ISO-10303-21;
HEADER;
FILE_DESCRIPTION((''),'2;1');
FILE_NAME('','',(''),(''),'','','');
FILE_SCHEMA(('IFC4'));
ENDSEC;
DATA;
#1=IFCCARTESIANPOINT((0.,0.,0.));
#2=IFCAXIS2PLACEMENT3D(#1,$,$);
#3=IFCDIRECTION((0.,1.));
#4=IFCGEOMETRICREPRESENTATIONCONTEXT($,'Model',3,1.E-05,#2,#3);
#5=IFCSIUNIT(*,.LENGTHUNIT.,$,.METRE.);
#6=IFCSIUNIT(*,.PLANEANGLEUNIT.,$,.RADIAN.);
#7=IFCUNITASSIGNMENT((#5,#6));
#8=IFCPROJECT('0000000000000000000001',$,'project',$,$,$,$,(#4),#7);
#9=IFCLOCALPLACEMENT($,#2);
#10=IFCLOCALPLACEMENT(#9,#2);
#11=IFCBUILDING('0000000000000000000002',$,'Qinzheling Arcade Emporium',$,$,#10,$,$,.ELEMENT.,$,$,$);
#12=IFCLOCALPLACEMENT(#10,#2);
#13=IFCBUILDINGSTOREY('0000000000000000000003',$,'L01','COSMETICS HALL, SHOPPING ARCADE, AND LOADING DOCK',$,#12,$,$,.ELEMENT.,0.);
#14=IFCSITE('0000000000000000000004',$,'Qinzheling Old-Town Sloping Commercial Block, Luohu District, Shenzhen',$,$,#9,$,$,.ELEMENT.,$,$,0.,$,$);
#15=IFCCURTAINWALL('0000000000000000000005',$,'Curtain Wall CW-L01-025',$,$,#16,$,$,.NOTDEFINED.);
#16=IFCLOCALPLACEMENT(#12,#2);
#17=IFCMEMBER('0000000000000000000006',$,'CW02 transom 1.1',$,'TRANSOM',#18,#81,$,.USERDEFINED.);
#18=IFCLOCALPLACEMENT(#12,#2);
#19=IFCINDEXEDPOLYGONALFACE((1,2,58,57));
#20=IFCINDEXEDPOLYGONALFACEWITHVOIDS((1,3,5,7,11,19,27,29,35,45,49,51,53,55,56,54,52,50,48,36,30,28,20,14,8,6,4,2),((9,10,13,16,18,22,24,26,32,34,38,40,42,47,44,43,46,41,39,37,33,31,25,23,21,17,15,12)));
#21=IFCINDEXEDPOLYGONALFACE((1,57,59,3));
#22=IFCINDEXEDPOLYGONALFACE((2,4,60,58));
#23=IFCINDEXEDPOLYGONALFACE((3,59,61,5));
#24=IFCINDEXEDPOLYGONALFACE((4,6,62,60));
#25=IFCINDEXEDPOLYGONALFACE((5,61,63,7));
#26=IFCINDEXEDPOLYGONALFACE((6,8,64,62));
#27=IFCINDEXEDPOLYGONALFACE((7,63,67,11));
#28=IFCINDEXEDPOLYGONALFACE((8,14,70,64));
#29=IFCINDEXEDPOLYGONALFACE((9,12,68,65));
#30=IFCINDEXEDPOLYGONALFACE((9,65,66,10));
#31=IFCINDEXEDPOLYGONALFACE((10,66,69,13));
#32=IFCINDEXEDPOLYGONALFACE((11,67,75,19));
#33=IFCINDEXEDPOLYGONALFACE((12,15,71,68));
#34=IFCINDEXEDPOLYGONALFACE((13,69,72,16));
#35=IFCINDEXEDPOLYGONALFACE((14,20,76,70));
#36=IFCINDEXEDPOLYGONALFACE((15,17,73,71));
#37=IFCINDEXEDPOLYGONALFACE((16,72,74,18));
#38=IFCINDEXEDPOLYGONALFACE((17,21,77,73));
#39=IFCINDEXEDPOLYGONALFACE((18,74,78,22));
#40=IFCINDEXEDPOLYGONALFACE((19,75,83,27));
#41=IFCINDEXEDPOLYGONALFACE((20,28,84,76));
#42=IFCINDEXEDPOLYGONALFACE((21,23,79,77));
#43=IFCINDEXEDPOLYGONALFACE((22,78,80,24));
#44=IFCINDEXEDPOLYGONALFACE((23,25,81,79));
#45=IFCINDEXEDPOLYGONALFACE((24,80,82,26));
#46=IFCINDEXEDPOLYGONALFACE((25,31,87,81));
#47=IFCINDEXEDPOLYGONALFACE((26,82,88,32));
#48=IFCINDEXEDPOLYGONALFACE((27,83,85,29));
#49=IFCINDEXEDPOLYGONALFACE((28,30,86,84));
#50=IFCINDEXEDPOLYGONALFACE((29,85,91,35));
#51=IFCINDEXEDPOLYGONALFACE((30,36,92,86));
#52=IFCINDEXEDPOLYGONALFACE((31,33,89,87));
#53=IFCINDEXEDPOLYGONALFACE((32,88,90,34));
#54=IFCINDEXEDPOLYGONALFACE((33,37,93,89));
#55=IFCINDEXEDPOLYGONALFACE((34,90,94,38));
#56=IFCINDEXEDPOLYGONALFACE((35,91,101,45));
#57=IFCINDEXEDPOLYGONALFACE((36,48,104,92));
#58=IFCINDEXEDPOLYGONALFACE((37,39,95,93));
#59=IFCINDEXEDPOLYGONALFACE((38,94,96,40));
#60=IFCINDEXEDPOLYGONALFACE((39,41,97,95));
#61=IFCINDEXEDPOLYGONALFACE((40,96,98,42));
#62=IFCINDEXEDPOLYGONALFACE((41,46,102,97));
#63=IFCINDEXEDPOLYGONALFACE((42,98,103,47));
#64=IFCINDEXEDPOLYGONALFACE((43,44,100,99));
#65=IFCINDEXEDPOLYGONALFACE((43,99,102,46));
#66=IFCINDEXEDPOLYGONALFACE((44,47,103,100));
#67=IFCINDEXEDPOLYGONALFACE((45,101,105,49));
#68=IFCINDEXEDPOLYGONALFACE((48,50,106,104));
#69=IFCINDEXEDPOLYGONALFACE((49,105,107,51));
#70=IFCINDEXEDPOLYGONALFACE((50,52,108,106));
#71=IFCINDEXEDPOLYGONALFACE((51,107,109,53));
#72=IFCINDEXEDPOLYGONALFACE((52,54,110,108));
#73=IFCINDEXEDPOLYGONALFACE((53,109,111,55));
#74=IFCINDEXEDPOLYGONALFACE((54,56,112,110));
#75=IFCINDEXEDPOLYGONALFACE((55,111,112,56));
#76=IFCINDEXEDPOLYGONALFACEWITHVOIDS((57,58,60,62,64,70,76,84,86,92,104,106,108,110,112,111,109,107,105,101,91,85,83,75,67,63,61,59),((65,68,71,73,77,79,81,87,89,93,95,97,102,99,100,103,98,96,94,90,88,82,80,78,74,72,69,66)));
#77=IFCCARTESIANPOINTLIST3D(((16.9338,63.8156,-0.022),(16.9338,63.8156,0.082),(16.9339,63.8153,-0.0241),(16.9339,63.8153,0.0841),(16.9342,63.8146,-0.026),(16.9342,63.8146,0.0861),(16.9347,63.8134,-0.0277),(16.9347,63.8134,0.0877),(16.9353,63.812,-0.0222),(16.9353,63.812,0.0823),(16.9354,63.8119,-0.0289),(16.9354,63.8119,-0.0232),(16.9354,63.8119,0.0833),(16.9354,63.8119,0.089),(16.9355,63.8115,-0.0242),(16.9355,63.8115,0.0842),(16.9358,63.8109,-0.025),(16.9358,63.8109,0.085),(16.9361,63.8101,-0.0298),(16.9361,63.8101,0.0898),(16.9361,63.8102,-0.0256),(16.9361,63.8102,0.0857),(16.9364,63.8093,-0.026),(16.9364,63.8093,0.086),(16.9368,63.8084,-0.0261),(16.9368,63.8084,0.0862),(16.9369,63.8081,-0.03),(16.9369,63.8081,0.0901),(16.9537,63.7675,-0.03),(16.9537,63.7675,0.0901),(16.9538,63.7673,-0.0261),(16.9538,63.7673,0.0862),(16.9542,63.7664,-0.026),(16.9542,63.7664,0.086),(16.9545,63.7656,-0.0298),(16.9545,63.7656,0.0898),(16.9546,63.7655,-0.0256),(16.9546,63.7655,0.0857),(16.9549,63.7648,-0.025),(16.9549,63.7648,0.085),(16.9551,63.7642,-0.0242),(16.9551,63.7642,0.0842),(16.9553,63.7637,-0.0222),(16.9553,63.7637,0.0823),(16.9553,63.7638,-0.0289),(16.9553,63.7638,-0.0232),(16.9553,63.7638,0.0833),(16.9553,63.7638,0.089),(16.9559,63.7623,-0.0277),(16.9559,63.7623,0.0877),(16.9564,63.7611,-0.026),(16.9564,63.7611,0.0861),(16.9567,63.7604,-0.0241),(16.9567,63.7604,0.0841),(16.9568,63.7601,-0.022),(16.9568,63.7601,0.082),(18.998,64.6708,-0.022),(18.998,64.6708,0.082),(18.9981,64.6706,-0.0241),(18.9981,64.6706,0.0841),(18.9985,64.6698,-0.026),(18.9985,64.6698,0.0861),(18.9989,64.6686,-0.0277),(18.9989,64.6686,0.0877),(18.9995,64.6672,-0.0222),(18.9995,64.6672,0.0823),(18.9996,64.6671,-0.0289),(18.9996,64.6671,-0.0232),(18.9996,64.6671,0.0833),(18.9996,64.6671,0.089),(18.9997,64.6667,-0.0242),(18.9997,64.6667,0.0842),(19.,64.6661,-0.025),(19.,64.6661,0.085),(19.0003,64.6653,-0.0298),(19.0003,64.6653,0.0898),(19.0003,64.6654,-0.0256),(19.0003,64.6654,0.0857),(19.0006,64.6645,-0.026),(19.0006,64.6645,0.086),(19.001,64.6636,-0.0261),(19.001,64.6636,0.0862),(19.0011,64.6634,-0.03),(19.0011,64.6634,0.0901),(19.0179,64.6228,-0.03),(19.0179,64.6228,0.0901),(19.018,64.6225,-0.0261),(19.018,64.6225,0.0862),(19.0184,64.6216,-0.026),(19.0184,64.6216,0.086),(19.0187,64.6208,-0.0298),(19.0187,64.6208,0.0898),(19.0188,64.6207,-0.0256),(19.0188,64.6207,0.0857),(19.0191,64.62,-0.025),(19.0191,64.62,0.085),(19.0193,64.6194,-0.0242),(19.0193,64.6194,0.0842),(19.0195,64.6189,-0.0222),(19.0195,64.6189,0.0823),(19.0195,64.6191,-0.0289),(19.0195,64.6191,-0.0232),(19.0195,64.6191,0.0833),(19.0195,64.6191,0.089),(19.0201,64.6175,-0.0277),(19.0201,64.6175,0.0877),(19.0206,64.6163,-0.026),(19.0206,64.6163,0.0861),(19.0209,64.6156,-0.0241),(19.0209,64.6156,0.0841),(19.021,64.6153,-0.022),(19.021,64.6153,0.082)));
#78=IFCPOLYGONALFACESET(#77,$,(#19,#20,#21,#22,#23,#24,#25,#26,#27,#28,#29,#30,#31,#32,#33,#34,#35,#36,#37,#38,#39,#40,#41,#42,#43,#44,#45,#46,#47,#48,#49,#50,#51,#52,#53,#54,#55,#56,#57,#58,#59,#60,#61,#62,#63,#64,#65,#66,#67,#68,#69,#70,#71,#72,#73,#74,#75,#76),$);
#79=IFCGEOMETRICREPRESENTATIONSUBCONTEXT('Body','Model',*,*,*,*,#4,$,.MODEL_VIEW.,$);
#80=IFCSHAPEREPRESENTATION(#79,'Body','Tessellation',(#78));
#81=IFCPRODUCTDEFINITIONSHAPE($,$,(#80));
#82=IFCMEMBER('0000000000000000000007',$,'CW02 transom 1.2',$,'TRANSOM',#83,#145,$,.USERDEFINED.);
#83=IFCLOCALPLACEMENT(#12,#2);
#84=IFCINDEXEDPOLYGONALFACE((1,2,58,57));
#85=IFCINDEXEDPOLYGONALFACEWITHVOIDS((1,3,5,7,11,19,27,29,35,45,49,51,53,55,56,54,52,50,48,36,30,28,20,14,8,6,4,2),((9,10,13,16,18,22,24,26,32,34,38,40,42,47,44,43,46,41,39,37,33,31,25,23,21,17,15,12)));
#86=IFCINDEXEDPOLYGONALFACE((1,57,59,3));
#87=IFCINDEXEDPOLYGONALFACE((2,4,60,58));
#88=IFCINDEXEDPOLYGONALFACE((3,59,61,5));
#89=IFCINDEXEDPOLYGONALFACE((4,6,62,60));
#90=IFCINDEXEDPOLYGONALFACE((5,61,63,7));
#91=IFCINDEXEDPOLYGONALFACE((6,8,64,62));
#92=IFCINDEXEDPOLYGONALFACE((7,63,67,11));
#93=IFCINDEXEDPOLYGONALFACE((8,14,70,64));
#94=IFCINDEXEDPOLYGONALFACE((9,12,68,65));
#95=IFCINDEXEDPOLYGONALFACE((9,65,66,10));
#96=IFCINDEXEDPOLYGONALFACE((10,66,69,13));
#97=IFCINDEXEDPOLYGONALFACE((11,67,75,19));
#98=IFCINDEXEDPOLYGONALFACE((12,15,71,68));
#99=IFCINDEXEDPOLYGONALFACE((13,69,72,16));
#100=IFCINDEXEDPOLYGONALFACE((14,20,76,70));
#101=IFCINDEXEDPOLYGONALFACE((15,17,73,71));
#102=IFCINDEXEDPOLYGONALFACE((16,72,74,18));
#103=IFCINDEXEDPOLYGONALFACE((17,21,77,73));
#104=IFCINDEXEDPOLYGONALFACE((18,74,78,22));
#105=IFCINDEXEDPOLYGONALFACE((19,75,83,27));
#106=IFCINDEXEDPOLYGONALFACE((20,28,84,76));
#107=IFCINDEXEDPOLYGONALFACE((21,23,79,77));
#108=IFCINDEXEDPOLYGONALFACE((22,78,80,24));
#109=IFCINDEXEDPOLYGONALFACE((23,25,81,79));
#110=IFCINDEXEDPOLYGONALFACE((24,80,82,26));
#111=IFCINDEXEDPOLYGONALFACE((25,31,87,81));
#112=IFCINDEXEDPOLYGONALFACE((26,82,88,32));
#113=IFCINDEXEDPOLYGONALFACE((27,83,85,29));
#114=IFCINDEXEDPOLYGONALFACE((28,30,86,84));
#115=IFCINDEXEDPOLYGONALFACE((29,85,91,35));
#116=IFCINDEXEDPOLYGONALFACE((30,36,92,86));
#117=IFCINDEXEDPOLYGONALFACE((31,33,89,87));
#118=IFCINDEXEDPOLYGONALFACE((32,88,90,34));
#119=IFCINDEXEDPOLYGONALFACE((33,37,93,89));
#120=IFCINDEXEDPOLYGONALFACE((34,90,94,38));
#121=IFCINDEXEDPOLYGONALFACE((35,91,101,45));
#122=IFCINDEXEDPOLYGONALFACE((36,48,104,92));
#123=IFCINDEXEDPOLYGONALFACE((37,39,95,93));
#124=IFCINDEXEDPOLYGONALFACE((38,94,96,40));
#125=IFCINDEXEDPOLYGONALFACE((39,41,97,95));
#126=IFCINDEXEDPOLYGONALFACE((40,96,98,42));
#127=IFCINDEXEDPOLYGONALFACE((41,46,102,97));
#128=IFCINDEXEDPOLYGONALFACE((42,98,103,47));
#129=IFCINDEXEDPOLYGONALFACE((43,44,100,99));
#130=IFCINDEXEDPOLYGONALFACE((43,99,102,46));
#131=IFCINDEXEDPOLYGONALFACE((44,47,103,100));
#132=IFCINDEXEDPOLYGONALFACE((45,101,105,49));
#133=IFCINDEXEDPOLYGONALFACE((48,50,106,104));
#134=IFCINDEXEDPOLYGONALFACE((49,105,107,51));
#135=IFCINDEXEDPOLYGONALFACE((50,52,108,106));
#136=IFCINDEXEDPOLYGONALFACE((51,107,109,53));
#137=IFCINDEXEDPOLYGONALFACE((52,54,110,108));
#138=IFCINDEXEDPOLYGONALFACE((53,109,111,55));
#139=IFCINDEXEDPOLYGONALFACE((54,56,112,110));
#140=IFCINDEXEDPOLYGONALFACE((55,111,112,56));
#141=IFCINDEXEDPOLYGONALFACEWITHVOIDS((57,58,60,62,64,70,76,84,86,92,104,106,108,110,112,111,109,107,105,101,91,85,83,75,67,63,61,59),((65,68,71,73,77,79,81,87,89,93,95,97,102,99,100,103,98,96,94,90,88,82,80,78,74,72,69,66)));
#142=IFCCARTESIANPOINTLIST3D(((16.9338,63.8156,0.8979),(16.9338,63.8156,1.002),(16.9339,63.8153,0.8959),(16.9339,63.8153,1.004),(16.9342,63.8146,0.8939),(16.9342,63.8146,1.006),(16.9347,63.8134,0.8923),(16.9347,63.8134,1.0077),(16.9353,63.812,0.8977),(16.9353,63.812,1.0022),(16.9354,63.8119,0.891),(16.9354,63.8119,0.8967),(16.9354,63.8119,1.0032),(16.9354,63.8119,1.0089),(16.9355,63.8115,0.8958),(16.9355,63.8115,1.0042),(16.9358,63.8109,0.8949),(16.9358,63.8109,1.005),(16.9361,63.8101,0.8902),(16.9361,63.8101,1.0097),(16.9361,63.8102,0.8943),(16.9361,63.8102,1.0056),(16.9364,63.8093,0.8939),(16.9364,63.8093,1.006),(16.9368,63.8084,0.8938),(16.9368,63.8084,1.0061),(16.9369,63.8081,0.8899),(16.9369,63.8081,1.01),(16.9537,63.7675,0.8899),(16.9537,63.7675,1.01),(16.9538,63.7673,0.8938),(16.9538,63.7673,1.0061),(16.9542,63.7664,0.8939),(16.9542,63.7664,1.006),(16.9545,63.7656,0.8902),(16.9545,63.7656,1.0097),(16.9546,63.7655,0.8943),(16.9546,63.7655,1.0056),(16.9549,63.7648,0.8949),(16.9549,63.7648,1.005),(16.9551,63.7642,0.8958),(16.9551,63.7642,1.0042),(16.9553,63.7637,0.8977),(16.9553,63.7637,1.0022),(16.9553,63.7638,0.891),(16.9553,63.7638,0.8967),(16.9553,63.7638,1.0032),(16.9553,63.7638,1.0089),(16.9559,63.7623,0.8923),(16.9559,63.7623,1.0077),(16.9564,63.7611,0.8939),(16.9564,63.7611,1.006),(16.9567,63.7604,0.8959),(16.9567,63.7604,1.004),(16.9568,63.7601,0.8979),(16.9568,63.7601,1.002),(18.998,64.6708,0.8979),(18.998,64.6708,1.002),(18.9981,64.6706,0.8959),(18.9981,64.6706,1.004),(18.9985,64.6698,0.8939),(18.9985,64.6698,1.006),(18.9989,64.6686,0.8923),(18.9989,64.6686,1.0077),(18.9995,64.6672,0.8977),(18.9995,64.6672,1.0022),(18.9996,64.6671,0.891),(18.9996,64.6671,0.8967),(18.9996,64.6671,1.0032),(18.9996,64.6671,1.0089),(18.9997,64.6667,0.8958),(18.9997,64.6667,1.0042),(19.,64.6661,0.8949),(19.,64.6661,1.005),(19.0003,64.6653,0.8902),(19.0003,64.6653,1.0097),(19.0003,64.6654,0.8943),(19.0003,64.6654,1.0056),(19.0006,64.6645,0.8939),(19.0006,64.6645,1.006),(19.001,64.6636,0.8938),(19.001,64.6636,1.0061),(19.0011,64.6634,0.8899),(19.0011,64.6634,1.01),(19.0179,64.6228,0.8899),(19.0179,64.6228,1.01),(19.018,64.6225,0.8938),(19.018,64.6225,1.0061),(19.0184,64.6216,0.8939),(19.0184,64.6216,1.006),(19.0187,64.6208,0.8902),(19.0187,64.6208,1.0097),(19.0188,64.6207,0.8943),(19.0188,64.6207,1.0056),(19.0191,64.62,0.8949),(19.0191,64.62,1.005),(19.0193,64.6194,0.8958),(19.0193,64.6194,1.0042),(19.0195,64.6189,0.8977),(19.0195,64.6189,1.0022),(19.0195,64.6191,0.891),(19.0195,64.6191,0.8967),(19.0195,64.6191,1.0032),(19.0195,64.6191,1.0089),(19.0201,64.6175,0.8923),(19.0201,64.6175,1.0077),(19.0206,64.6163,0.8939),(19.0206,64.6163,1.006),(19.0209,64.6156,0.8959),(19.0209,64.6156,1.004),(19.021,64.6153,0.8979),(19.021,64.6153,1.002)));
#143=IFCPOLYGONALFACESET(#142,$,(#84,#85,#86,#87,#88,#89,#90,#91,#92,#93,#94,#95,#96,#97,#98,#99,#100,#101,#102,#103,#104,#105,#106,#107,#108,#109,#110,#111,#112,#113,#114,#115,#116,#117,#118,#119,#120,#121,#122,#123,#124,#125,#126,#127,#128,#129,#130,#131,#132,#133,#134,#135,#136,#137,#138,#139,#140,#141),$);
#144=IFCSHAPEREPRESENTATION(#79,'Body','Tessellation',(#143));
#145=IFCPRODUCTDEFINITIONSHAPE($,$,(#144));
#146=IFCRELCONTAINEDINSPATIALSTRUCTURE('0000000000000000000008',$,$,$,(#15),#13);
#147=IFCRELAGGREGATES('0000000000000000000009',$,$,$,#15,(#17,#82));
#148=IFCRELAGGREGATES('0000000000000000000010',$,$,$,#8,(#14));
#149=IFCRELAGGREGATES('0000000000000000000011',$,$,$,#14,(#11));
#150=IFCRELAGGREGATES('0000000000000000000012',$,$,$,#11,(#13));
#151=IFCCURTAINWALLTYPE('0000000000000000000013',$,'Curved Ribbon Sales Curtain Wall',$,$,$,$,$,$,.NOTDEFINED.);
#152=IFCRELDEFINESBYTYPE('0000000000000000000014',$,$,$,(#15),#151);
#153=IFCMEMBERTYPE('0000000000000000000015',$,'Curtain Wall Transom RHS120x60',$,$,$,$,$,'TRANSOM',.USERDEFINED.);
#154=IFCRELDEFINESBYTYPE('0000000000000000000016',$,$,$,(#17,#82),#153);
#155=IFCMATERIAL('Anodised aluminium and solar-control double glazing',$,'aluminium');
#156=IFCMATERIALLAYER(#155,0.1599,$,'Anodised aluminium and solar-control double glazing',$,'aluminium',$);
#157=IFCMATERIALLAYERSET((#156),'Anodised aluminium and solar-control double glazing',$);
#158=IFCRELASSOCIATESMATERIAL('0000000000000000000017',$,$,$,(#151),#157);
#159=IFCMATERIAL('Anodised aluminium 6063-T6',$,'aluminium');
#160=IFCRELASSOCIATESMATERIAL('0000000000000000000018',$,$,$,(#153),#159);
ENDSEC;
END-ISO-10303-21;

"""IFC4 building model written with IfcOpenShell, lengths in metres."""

from ifc_helpers import new_model, si_unit, direction, frame, origin, origin_2d, place, context, subcontext, project, spatial, hollow_rectangle, extrude, material, layer, layer_set, material_profile, profile_set, type_object, element, aggregate, save


model = new_model("IFC4")

# Units and contexts
model_context = context("Model", 3, precision=1e-05, world=origin(), true_north=direction((0.0, 1.0)))
body_context = subcontext(model_context, "Body", "Model", "MODEL_VIEW")
ifc_project = project(units=[si_unit("LENGTHUNIT", "METRE"), si_unit("PLANEANGLEUNIT", "RADIAN")], contexts=[model_context])

# Site, building, storey
site_placement = place(None, origin())
site = spatial("IfcSite", under=ifc_project, at=site_placement, Name="Qinzheling Old-Town Sloping Commercial Block, Luohu District, Shenzhen", CompositionType="ELEMENT", RefElevation=0.0)
building_placement = place(site_placement, origin())
building = spatial("IfcBuilding", under=site, at=building_placement, Name="Qinzheling Arcade Emporium", CompositionType="ELEMENT")
storey_placement = place(building_placement, origin())
storey = spatial("IfcBuildingStorey", under=building, at=storey_placement, Name="L01", Description="COSMETICS HALL, SHOPPING ARCADE, AND LOADING DOCK", CompositionType="ELEMENT", Elevation=0.0)

# Curtain wall
ifc_material_1 = material(Name="Anodised aluminium and solar-control double glazing", Category="aluminium")
ifc_layer_1 = layer(ifc_material_1, 0.1599, Name="Anodised aluminium and solar-control double glazing", Category="aluminium")
ifc_layer_set_1 = layer_set([ifc_layer_1], Name="Anodised aluminium and solar-control double glazing")
curtain_wall_type = type_object("IfcCurtainWallType", Name="Curved Ribbon Sales Curtain Wall", PredefinedType="NOTDEFINED", material=ifc_layer_set_1)
ifc_material_2 = material(Name="Anodised aluminium 6063-T6", Category="aluminium")
curtain_wall_1_placement = place(storey_placement, origin())
curtain_wall_1 = element("IfcCurtainWall", 1, at=curtain_wall_1_placement, inside=storey, type_object=curtain_wall_type, Name="Curtain Wall CW-L01-025", PredefinedType="NOTDEFINED")

# Members
ifc_material_profile_1 = material_profile(ifc_material_2, hollow_rectangle(XDim=0.0601, YDim=0.1201, WallThickness=0.0039, InnerFilletRadius=0.0039, OuterFilletRadius=0.0081, at=origin_2d()), Name="RHS 120x60x4", Category="aluminium")
ifc_profile_set_1 = profile_set([ifc_material_profile_1], Name="Anodised aluminium 6063-T6")
member_type_1 = type_object("IfcMemberType", Name="Curtain Wall Transom RHS120x60", ElementType="TRANSOM", PredefinedType="USERDEFINED", material=ifc_profile_set_1)
member_1_placement = place(storey_placement, frame((16.9453, 63.7878, 0.03), z_axis=(0.923848, 0.38276, 0.0), x_axis=(-0.38276, 0.923848, 0.0)))
member_1 = element("IfcMember", 2, at=member_1_placement, type_object=member_type_1, Name="CW02 transom 1.1", ObjectType="TRANSOM", PredefinedType="USERDEFINED", context=body_context, shape_type="SweptSolid", body=[
    extrude(hollow_rectangle(XDim=0.0601, YDim=0.1201, WallThickness=0.0039, InnerFilletRadius=0.0039, OuterFilletRadius=0.0081, at=origin_2d()), origin(), (0.0, 0.0, 1.0), 2.2344),
])
member_2_placement = place(storey_placement, frame((16.9453, 63.7878, 0.95), z_axis=(0.923848, 0.38276, 0.0), x_axis=(-0.38276, 0.923848, 0.0)))
member_2 = element("IfcMember", 3, at=member_2_placement, type_object=member_type_1, Name="CW02 transom 1.2", ObjectType="TRANSOM", PredefinedType="USERDEFINED", context=body_context, shape_type="SweptSolid", body=[
    extrude(hollow_rectangle(XDim=0.0601, YDim=0.1201, WallThickness=0.0039, InnerFilletRadius=0.0039, OuterFilletRadius=0.0081, at=origin_2d()), origin(), (0.0, 0.0, 1.0), 2.2344),
])

aggregate(curtain_wall_1, [member_1, member_2])

save(model, "model.ifc")
